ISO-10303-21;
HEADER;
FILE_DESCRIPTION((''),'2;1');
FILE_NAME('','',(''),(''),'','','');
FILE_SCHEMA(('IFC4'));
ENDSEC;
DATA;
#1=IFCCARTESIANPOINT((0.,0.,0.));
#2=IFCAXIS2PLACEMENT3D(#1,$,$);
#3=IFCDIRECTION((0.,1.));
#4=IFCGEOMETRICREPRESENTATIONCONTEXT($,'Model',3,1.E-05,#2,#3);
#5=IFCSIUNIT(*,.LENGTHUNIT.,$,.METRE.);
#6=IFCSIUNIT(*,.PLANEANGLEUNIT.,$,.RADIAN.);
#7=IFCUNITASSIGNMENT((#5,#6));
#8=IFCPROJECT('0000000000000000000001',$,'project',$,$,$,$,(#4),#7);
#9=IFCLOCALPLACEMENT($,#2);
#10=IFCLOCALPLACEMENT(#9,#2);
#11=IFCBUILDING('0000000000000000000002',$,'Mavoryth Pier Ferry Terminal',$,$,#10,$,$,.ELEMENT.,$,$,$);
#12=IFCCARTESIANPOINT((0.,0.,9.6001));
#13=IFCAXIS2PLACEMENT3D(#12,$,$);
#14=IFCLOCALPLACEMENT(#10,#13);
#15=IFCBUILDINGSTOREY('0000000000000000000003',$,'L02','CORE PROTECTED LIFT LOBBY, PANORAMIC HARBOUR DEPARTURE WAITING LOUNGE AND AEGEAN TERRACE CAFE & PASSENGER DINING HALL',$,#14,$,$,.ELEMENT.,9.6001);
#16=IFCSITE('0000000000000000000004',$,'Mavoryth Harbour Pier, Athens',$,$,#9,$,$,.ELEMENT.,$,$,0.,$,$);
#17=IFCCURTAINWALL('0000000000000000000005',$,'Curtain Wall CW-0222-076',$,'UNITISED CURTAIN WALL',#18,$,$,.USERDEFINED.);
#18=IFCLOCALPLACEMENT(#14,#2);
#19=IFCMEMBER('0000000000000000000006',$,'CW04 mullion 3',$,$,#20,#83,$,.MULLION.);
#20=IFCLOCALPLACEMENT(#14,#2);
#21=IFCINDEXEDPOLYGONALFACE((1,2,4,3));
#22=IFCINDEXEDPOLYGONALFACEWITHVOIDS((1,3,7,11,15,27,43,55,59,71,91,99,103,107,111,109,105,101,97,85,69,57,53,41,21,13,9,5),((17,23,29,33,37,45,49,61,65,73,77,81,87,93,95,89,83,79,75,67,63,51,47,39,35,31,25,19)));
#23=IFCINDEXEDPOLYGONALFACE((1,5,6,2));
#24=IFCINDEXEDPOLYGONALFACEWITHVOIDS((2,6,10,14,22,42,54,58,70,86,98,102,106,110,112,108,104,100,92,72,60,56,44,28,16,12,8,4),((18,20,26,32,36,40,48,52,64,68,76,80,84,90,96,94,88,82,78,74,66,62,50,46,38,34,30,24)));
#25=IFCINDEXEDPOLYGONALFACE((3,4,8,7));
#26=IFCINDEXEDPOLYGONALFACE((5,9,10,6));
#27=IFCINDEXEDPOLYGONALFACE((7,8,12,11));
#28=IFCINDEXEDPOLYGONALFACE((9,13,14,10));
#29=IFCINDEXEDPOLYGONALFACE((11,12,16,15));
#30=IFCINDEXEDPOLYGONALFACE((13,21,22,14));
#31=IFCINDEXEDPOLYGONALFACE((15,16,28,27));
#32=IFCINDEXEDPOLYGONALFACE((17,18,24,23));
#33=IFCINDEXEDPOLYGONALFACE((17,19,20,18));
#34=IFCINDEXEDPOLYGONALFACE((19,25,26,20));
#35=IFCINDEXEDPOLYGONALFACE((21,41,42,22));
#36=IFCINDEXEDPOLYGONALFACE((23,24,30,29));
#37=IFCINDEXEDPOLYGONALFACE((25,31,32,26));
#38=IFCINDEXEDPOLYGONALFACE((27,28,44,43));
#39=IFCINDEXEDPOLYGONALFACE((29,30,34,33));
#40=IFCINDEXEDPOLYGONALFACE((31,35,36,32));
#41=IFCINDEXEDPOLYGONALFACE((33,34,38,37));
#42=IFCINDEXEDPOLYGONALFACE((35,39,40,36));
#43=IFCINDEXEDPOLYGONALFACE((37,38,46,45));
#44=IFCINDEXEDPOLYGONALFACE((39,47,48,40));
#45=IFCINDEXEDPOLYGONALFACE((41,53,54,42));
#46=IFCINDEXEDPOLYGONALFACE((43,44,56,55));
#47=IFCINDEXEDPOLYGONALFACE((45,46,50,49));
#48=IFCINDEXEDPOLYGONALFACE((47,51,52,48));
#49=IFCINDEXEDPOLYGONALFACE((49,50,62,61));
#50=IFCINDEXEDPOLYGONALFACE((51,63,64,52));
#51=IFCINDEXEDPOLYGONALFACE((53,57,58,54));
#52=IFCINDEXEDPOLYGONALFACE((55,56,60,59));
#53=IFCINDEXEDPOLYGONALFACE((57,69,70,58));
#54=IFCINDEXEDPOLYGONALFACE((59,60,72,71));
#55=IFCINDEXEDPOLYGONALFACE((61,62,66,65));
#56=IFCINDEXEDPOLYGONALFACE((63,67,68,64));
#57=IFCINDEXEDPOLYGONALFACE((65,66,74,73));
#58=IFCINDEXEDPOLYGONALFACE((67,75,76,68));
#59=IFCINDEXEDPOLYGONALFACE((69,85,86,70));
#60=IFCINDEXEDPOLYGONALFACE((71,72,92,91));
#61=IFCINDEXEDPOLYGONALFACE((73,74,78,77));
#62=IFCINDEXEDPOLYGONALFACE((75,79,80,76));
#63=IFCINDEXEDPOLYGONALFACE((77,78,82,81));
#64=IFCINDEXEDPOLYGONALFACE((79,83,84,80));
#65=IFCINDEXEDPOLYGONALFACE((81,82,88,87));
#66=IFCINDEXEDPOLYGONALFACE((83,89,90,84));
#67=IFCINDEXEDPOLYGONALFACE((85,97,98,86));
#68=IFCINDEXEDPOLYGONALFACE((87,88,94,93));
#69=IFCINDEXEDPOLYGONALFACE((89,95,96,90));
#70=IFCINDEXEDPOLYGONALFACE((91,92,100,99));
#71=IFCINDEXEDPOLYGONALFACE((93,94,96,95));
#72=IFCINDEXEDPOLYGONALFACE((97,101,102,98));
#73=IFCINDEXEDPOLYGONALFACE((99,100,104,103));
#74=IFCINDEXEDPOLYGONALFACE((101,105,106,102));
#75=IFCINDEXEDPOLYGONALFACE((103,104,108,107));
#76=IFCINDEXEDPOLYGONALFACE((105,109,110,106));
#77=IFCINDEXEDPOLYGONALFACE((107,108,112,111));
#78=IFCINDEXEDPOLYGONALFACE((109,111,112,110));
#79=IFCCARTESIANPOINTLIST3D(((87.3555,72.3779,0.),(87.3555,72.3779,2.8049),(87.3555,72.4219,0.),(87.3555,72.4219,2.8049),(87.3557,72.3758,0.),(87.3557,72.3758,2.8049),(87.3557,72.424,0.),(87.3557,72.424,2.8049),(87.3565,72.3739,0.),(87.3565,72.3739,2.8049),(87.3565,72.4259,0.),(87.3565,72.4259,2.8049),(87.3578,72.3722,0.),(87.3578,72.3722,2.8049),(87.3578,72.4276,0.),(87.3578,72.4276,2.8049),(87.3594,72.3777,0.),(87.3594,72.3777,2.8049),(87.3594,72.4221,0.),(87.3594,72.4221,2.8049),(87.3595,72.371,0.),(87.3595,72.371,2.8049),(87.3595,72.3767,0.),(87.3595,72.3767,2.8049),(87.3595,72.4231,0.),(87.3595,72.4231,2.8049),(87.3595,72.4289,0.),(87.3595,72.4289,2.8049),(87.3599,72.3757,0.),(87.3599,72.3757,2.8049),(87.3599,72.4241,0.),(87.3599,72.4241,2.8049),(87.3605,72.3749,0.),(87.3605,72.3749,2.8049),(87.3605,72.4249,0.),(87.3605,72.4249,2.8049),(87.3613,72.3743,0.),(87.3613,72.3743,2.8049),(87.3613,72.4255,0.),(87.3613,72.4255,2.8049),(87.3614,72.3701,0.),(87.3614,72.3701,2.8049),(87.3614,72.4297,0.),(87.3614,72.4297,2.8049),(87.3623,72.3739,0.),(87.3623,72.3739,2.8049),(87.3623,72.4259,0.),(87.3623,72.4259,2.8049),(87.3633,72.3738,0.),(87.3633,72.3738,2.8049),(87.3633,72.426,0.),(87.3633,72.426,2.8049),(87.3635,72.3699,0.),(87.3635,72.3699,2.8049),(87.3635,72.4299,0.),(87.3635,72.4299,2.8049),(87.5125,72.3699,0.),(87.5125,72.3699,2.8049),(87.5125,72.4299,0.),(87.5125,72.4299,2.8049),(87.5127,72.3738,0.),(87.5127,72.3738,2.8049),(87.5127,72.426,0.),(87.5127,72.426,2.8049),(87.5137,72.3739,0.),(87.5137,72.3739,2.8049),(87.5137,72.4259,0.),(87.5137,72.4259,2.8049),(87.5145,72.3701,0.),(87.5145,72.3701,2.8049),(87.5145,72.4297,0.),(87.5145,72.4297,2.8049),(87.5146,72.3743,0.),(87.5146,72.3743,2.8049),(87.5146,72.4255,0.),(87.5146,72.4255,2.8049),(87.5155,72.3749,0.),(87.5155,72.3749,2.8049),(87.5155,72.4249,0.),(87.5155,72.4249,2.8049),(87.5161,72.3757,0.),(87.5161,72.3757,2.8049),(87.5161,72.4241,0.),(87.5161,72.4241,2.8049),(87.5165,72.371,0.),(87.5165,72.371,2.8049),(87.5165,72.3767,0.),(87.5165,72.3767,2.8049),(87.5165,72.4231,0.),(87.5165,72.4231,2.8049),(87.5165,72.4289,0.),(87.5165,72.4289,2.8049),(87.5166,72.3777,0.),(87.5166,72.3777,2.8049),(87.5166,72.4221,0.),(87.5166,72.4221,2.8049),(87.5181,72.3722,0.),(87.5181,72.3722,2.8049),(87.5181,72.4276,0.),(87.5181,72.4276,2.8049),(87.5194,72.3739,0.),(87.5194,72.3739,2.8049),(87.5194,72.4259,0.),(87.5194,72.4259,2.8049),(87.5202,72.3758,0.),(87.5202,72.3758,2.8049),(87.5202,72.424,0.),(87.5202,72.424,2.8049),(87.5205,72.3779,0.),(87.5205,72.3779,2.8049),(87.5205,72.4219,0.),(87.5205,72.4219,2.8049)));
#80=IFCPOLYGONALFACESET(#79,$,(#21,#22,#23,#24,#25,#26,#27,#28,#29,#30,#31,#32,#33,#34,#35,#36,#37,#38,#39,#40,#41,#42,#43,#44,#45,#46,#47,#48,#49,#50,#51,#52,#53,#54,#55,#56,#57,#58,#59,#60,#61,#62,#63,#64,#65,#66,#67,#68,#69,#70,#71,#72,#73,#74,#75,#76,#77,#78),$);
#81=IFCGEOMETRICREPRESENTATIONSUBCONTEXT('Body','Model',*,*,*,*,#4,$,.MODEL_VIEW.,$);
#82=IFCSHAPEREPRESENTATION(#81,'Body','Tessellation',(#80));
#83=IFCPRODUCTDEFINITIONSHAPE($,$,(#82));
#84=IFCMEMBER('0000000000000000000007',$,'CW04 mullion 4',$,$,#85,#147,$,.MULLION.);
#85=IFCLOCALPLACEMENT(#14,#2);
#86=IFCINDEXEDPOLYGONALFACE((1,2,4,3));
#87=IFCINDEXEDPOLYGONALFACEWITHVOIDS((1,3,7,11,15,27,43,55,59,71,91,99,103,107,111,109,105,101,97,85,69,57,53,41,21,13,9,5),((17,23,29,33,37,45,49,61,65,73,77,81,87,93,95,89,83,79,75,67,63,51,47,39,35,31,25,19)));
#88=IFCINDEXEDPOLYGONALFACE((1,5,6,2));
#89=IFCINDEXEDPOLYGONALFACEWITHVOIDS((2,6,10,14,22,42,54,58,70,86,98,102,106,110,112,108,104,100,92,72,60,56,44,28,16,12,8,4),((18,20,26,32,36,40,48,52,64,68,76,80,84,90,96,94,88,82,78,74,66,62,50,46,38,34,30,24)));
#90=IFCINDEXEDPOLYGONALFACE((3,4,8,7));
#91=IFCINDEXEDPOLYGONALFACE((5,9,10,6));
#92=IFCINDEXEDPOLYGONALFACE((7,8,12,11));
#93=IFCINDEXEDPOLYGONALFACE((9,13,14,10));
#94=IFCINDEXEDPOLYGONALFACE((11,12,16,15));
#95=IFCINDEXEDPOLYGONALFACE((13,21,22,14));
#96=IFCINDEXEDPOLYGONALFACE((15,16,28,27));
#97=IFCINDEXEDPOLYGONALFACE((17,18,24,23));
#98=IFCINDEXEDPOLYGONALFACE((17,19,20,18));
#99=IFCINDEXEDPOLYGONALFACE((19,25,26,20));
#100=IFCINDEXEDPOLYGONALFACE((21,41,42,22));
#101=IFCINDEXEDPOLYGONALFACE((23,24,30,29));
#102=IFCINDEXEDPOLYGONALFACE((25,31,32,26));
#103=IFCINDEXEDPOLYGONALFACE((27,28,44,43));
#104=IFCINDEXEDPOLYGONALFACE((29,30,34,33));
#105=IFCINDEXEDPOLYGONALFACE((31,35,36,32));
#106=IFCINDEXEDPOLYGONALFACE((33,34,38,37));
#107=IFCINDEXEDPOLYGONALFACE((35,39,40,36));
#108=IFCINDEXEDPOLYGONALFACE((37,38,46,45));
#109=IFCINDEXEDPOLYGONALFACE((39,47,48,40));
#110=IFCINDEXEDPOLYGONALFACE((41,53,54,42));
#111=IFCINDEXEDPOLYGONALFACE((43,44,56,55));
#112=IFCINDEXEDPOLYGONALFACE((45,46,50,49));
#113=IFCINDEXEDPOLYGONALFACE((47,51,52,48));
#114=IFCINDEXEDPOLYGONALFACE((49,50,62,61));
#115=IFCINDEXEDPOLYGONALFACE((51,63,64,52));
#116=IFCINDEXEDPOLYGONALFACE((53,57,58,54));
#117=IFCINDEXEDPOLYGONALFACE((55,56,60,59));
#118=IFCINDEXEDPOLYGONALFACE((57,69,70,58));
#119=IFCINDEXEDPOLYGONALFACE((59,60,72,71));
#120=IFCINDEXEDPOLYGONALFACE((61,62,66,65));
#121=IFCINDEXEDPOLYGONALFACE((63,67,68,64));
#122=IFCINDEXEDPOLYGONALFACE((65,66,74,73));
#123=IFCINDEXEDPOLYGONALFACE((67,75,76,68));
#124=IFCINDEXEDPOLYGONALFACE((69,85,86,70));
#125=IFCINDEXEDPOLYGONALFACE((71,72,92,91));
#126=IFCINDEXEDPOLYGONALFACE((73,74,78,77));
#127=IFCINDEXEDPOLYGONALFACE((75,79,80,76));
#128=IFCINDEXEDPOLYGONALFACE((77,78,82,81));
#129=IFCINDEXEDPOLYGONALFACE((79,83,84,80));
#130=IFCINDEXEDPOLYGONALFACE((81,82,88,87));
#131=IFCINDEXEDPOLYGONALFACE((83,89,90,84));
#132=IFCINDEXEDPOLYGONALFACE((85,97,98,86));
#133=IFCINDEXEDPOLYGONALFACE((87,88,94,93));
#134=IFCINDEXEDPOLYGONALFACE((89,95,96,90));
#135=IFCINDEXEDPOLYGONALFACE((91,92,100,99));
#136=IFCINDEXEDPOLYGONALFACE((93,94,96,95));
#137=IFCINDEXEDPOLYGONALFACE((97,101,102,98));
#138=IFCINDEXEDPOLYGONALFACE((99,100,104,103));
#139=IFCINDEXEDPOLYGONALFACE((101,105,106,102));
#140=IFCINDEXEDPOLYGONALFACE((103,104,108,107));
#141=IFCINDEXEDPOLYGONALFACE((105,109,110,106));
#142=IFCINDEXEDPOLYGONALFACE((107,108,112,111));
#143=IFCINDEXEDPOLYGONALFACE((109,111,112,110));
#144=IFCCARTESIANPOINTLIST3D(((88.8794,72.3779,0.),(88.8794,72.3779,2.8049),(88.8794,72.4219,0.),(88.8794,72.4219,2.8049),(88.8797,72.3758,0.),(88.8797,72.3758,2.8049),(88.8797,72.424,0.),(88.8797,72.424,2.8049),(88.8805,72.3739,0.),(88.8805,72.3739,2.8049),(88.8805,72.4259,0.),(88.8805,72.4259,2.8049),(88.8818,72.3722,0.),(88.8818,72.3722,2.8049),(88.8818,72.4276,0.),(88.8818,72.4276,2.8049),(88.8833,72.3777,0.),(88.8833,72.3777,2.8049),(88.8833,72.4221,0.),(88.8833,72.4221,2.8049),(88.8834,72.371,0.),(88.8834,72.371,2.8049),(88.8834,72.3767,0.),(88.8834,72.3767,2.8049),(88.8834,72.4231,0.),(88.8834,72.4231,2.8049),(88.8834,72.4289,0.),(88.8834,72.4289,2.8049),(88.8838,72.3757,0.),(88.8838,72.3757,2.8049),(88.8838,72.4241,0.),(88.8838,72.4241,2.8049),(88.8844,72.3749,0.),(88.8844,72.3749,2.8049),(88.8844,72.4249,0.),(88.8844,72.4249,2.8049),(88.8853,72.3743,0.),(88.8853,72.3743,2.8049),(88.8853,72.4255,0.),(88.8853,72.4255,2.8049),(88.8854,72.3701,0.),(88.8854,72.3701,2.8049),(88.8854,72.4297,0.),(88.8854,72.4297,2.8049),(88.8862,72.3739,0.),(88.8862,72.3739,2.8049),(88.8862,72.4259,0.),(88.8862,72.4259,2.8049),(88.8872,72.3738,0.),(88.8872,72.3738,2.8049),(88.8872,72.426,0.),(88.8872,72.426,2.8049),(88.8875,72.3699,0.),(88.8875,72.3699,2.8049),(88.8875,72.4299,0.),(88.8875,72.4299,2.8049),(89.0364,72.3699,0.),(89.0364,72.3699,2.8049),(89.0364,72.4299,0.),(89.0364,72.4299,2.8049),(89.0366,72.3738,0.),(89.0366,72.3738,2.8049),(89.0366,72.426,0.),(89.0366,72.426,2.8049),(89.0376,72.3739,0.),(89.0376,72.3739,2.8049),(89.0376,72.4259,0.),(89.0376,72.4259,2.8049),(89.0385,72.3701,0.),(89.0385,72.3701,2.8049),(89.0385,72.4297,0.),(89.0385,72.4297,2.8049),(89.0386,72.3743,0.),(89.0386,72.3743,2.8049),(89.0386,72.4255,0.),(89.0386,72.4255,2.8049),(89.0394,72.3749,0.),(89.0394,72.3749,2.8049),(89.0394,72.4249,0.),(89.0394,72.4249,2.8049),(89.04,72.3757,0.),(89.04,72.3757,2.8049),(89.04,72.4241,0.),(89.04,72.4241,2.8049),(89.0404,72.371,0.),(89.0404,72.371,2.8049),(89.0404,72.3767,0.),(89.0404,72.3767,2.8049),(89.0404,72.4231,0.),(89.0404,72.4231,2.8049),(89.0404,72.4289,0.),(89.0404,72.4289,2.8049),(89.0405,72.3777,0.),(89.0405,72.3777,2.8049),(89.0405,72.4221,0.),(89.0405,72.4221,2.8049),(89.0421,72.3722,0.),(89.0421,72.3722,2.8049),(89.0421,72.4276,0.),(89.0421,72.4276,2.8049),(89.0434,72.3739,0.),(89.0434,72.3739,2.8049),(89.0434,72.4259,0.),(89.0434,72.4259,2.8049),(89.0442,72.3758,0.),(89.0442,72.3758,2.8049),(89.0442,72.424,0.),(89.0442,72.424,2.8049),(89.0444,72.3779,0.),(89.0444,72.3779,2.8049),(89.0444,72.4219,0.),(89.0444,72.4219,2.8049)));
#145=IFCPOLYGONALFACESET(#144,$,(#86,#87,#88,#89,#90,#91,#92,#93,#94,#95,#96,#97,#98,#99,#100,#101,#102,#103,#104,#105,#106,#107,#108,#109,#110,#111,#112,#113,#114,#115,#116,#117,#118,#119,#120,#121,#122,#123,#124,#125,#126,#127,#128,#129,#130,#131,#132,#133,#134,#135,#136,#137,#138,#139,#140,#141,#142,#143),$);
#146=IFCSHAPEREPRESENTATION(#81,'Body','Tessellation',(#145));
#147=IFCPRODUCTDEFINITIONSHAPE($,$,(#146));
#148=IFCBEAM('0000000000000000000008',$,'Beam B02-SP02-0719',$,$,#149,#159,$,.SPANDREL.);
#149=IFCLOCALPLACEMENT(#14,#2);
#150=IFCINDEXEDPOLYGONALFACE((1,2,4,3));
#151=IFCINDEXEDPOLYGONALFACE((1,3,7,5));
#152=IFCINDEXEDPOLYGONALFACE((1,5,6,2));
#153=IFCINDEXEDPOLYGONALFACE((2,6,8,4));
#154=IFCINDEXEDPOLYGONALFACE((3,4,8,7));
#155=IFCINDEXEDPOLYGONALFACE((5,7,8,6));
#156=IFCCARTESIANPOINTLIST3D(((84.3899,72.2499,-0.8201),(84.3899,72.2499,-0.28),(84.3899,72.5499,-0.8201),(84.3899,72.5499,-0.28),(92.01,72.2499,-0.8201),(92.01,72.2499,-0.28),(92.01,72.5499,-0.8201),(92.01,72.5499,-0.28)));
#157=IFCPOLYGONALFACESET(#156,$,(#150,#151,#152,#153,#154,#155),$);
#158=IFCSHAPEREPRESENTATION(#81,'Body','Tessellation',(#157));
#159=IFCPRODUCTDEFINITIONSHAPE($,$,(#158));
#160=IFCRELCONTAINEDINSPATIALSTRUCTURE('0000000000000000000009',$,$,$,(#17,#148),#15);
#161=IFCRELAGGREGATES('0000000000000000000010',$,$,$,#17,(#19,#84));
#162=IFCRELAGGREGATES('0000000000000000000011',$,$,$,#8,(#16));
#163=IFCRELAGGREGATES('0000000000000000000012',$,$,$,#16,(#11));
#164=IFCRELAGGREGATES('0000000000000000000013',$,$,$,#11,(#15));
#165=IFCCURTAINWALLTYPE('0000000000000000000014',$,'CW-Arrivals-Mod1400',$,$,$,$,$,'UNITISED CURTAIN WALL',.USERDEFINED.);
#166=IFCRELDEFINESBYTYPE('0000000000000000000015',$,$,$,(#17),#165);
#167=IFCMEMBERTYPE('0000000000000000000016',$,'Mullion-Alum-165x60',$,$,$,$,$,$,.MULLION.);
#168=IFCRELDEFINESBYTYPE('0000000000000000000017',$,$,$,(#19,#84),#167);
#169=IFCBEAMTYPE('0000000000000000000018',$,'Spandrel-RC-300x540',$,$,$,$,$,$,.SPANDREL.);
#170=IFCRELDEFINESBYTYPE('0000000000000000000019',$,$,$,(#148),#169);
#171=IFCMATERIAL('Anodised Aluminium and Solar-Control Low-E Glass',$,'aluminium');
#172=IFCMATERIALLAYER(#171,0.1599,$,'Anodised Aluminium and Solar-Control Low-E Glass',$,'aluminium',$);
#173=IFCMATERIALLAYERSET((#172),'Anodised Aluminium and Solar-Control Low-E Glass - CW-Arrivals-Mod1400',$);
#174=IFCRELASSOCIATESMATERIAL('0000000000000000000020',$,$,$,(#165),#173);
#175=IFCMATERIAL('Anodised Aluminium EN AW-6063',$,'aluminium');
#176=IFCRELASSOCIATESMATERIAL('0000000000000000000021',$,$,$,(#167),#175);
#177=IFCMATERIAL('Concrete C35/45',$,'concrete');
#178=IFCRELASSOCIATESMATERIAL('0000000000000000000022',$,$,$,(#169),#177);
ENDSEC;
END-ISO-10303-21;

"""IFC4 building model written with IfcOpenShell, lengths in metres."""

from ifc_helpers import new_model, si_unit, direction, frame, origin, origin_2d, place, context, subcontext, project, spatial, rectangle, hollow_rectangle, extrude, material, layer, layer_set, material_profile, profile_set, type_object, element, aggregate, save


model = new_model("IFC4")

# Units and contexts
model_context = context("Model", 3, precision=1e-05, world=origin(), true_north=direction((0.0, 1.0)))
body_context = subcontext(model_context, "Body", "Model", "MODEL_VIEW")
ifc_project = project(units=[si_unit("LENGTHUNIT", "METRE"), si_unit("PLANEANGLEUNIT", "RADIAN")], contexts=[model_context])

# Site, building, storey
site_placement = place(None, origin())
site = spatial("IfcSite", under=ifc_project, at=site_placement, Name="Mavoryth Harbour Pier, Athens", CompositionType="ELEMENT", RefElevation=0.0)
building_placement = place(site_placement, origin())
building = spatial("IfcBuilding", under=site, at=building_placement, Name="Mavoryth Pier Ferry Terminal", CompositionType="ELEMENT")
storey_placement = place(building_placement, frame((0.0, 0.0, 9.6001)))
storey = spatial("IfcBuildingStorey", under=building, at=storey_placement, Name="L02", Description="CORE PROTECTED LIFT LOBBY, PANORAMIC HARBOUR DEPARTURE WAITING LOUNGE AND AEGEAN TERRACE CAFE & PASSENGER DINING HALL", CompositionType="ELEMENT", Elevation=9.6001)

# Shared definitions
ifc_material_1 = material(Name="Concrete C35/45", Category="concrete")

# Curtain wall, members
ifc_material_2 = material(Name="Anodised Aluminium and Solar-Control Low-E Glass", Category="aluminium")
ifc_layer_1 = layer(ifc_material_2, 0.1599, Name="Anodised Aluminium and Solar-Control Low-E Glass", Category="aluminium")
ifc_layer_set_1 = layer_set([ifc_layer_1], Name="Anodised Aluminium and Solar-Control Low-E Glass - CW-Arrivals-Mod1400")
curtain_wall_type = type_object("IfcCurtainWallType", Name="CW-Arrivals-Mod1400", ElementType="UNITISED CURTAIN WALL", PredefinedType="USERDEFINED", material=ifc_layer_set_1)
curtain_wall_placement = place(storey_placement, origin())
curtain_wall = element("IfcCurtainWall", 1, at=curtain_wall_placement, inside=storey, type_object=curtain_wall_type, Name="Curtain Wall CW-0222-076", ObjectType="UNITISED CURTAIN WALL", PredefinedType="USERDEFINED")
ifc_material_3 = material(Name="Anodised Aluminium EN AW-6063", Category="aluminium")
ifc_material_profile_1 = material_profile(ifc_material_3, hollow_rectangle(XDim=0.0601, YDim=0.165, WallThickness=0.0039, InnerFilletRadius=0.0039, OuterFilletRadius=0.0081, at=origin_2d()), Name="AL-MULL 165x60x4", Category="aluminium")
ifc_profile_set_1 = profile_set([ifc_material_profile_1], Name="Anodised Aluminium EN AW-6063 - AL-MULL 165x60x4")
member_type_1 = type_object("IfcMemberType", Name="Mullion-Alum-165x60", PredefinedType="MULLION", material=ifc_profile_set_1)
member_1_placement = place(storey_placement, frame((87.438, 72.3999, 0.0), z_axis=(0.0, 0.0, 1.0), x_axis=(0.0, 1.0, 0.0)))
member_1 = element("IfcMember", 2, at=member_1_placement, type_object=member_type_1, Name="CW04 mullion 3", PredefinedType="MULLION", context=body_context, shape_type="SweptSolid", body=[
    extrude(hollow_rectangle(XDim=0.0601, YDim=0.165, WallThickness=0.0039, InnerFilletRadius=0.0039, OuterFilletRadius=0.0081, at=origin_2d()), origin(), (0.0, 0.0, 1.0), 2.8049),
])
member_2_placement = place(storey_placement, frame((88.9619, 72.3999, 0.0), z_axis=(0.0, 0.0, 1.0), x_axis=(0.0, 1.0, 0.0)))
member_2 = element("IfcMember", 3, at=member_2_placement, type_object=member_type_1, Name="CW04 mullion 4", PredefinedType="MULLION", context=body_context, shape_type="SweptSolid", body=[
    extrude(hollow_rectangle(XDim=0.0601, YDim=0.165, WallThickness=0.0039, InnerFilletRadius=0.0039, OuterFilletRadius=0.0081, at=origin_2d()), origin(), (0.0, 0.0, 1.0), 2.8049),
])

# Beam
ifc_material_profile_2 = material_profile(ifc_material_1, rectangle(XDim=0.3, YDim=0.54, at=origin_2d()), Name="RC 300x540", Category="concrete")
ifc_profile_set_2 = profile_set([ifc_material_profile_2], Name="Concrete C35/45 - RC 300x540")
beam_type_1 = type_object("IfcBeamType", Name="Spandrel-RC-300x540", PredefinedType="SPANDREL", material=ifc_profile_set_2)
beam_1_placement = place(storey_placement, frame((84.3899, 72.3999, -0.55), z_axis=(1.0, 0.0, 0.0), x_axis=(0.0, 1.0, 0.0)))
element("IfcBeam", 4, at=beam_1_placement, inside=storey, type_object=beam_type_1, Name="Beam B02-SP02-0719", PredefinedType="SPANDREL", context=body_context, shape_type="SweptSolid", body=[
    extrude(rectangle(XDim=0.3, YDim=0.54, at=origin_2d()), origin(), (0.0, 0.0, 1.0), 7.6201),
])

aggregate(curtain_wall, [member_1, member_2])

save(model, "model.ifc")
